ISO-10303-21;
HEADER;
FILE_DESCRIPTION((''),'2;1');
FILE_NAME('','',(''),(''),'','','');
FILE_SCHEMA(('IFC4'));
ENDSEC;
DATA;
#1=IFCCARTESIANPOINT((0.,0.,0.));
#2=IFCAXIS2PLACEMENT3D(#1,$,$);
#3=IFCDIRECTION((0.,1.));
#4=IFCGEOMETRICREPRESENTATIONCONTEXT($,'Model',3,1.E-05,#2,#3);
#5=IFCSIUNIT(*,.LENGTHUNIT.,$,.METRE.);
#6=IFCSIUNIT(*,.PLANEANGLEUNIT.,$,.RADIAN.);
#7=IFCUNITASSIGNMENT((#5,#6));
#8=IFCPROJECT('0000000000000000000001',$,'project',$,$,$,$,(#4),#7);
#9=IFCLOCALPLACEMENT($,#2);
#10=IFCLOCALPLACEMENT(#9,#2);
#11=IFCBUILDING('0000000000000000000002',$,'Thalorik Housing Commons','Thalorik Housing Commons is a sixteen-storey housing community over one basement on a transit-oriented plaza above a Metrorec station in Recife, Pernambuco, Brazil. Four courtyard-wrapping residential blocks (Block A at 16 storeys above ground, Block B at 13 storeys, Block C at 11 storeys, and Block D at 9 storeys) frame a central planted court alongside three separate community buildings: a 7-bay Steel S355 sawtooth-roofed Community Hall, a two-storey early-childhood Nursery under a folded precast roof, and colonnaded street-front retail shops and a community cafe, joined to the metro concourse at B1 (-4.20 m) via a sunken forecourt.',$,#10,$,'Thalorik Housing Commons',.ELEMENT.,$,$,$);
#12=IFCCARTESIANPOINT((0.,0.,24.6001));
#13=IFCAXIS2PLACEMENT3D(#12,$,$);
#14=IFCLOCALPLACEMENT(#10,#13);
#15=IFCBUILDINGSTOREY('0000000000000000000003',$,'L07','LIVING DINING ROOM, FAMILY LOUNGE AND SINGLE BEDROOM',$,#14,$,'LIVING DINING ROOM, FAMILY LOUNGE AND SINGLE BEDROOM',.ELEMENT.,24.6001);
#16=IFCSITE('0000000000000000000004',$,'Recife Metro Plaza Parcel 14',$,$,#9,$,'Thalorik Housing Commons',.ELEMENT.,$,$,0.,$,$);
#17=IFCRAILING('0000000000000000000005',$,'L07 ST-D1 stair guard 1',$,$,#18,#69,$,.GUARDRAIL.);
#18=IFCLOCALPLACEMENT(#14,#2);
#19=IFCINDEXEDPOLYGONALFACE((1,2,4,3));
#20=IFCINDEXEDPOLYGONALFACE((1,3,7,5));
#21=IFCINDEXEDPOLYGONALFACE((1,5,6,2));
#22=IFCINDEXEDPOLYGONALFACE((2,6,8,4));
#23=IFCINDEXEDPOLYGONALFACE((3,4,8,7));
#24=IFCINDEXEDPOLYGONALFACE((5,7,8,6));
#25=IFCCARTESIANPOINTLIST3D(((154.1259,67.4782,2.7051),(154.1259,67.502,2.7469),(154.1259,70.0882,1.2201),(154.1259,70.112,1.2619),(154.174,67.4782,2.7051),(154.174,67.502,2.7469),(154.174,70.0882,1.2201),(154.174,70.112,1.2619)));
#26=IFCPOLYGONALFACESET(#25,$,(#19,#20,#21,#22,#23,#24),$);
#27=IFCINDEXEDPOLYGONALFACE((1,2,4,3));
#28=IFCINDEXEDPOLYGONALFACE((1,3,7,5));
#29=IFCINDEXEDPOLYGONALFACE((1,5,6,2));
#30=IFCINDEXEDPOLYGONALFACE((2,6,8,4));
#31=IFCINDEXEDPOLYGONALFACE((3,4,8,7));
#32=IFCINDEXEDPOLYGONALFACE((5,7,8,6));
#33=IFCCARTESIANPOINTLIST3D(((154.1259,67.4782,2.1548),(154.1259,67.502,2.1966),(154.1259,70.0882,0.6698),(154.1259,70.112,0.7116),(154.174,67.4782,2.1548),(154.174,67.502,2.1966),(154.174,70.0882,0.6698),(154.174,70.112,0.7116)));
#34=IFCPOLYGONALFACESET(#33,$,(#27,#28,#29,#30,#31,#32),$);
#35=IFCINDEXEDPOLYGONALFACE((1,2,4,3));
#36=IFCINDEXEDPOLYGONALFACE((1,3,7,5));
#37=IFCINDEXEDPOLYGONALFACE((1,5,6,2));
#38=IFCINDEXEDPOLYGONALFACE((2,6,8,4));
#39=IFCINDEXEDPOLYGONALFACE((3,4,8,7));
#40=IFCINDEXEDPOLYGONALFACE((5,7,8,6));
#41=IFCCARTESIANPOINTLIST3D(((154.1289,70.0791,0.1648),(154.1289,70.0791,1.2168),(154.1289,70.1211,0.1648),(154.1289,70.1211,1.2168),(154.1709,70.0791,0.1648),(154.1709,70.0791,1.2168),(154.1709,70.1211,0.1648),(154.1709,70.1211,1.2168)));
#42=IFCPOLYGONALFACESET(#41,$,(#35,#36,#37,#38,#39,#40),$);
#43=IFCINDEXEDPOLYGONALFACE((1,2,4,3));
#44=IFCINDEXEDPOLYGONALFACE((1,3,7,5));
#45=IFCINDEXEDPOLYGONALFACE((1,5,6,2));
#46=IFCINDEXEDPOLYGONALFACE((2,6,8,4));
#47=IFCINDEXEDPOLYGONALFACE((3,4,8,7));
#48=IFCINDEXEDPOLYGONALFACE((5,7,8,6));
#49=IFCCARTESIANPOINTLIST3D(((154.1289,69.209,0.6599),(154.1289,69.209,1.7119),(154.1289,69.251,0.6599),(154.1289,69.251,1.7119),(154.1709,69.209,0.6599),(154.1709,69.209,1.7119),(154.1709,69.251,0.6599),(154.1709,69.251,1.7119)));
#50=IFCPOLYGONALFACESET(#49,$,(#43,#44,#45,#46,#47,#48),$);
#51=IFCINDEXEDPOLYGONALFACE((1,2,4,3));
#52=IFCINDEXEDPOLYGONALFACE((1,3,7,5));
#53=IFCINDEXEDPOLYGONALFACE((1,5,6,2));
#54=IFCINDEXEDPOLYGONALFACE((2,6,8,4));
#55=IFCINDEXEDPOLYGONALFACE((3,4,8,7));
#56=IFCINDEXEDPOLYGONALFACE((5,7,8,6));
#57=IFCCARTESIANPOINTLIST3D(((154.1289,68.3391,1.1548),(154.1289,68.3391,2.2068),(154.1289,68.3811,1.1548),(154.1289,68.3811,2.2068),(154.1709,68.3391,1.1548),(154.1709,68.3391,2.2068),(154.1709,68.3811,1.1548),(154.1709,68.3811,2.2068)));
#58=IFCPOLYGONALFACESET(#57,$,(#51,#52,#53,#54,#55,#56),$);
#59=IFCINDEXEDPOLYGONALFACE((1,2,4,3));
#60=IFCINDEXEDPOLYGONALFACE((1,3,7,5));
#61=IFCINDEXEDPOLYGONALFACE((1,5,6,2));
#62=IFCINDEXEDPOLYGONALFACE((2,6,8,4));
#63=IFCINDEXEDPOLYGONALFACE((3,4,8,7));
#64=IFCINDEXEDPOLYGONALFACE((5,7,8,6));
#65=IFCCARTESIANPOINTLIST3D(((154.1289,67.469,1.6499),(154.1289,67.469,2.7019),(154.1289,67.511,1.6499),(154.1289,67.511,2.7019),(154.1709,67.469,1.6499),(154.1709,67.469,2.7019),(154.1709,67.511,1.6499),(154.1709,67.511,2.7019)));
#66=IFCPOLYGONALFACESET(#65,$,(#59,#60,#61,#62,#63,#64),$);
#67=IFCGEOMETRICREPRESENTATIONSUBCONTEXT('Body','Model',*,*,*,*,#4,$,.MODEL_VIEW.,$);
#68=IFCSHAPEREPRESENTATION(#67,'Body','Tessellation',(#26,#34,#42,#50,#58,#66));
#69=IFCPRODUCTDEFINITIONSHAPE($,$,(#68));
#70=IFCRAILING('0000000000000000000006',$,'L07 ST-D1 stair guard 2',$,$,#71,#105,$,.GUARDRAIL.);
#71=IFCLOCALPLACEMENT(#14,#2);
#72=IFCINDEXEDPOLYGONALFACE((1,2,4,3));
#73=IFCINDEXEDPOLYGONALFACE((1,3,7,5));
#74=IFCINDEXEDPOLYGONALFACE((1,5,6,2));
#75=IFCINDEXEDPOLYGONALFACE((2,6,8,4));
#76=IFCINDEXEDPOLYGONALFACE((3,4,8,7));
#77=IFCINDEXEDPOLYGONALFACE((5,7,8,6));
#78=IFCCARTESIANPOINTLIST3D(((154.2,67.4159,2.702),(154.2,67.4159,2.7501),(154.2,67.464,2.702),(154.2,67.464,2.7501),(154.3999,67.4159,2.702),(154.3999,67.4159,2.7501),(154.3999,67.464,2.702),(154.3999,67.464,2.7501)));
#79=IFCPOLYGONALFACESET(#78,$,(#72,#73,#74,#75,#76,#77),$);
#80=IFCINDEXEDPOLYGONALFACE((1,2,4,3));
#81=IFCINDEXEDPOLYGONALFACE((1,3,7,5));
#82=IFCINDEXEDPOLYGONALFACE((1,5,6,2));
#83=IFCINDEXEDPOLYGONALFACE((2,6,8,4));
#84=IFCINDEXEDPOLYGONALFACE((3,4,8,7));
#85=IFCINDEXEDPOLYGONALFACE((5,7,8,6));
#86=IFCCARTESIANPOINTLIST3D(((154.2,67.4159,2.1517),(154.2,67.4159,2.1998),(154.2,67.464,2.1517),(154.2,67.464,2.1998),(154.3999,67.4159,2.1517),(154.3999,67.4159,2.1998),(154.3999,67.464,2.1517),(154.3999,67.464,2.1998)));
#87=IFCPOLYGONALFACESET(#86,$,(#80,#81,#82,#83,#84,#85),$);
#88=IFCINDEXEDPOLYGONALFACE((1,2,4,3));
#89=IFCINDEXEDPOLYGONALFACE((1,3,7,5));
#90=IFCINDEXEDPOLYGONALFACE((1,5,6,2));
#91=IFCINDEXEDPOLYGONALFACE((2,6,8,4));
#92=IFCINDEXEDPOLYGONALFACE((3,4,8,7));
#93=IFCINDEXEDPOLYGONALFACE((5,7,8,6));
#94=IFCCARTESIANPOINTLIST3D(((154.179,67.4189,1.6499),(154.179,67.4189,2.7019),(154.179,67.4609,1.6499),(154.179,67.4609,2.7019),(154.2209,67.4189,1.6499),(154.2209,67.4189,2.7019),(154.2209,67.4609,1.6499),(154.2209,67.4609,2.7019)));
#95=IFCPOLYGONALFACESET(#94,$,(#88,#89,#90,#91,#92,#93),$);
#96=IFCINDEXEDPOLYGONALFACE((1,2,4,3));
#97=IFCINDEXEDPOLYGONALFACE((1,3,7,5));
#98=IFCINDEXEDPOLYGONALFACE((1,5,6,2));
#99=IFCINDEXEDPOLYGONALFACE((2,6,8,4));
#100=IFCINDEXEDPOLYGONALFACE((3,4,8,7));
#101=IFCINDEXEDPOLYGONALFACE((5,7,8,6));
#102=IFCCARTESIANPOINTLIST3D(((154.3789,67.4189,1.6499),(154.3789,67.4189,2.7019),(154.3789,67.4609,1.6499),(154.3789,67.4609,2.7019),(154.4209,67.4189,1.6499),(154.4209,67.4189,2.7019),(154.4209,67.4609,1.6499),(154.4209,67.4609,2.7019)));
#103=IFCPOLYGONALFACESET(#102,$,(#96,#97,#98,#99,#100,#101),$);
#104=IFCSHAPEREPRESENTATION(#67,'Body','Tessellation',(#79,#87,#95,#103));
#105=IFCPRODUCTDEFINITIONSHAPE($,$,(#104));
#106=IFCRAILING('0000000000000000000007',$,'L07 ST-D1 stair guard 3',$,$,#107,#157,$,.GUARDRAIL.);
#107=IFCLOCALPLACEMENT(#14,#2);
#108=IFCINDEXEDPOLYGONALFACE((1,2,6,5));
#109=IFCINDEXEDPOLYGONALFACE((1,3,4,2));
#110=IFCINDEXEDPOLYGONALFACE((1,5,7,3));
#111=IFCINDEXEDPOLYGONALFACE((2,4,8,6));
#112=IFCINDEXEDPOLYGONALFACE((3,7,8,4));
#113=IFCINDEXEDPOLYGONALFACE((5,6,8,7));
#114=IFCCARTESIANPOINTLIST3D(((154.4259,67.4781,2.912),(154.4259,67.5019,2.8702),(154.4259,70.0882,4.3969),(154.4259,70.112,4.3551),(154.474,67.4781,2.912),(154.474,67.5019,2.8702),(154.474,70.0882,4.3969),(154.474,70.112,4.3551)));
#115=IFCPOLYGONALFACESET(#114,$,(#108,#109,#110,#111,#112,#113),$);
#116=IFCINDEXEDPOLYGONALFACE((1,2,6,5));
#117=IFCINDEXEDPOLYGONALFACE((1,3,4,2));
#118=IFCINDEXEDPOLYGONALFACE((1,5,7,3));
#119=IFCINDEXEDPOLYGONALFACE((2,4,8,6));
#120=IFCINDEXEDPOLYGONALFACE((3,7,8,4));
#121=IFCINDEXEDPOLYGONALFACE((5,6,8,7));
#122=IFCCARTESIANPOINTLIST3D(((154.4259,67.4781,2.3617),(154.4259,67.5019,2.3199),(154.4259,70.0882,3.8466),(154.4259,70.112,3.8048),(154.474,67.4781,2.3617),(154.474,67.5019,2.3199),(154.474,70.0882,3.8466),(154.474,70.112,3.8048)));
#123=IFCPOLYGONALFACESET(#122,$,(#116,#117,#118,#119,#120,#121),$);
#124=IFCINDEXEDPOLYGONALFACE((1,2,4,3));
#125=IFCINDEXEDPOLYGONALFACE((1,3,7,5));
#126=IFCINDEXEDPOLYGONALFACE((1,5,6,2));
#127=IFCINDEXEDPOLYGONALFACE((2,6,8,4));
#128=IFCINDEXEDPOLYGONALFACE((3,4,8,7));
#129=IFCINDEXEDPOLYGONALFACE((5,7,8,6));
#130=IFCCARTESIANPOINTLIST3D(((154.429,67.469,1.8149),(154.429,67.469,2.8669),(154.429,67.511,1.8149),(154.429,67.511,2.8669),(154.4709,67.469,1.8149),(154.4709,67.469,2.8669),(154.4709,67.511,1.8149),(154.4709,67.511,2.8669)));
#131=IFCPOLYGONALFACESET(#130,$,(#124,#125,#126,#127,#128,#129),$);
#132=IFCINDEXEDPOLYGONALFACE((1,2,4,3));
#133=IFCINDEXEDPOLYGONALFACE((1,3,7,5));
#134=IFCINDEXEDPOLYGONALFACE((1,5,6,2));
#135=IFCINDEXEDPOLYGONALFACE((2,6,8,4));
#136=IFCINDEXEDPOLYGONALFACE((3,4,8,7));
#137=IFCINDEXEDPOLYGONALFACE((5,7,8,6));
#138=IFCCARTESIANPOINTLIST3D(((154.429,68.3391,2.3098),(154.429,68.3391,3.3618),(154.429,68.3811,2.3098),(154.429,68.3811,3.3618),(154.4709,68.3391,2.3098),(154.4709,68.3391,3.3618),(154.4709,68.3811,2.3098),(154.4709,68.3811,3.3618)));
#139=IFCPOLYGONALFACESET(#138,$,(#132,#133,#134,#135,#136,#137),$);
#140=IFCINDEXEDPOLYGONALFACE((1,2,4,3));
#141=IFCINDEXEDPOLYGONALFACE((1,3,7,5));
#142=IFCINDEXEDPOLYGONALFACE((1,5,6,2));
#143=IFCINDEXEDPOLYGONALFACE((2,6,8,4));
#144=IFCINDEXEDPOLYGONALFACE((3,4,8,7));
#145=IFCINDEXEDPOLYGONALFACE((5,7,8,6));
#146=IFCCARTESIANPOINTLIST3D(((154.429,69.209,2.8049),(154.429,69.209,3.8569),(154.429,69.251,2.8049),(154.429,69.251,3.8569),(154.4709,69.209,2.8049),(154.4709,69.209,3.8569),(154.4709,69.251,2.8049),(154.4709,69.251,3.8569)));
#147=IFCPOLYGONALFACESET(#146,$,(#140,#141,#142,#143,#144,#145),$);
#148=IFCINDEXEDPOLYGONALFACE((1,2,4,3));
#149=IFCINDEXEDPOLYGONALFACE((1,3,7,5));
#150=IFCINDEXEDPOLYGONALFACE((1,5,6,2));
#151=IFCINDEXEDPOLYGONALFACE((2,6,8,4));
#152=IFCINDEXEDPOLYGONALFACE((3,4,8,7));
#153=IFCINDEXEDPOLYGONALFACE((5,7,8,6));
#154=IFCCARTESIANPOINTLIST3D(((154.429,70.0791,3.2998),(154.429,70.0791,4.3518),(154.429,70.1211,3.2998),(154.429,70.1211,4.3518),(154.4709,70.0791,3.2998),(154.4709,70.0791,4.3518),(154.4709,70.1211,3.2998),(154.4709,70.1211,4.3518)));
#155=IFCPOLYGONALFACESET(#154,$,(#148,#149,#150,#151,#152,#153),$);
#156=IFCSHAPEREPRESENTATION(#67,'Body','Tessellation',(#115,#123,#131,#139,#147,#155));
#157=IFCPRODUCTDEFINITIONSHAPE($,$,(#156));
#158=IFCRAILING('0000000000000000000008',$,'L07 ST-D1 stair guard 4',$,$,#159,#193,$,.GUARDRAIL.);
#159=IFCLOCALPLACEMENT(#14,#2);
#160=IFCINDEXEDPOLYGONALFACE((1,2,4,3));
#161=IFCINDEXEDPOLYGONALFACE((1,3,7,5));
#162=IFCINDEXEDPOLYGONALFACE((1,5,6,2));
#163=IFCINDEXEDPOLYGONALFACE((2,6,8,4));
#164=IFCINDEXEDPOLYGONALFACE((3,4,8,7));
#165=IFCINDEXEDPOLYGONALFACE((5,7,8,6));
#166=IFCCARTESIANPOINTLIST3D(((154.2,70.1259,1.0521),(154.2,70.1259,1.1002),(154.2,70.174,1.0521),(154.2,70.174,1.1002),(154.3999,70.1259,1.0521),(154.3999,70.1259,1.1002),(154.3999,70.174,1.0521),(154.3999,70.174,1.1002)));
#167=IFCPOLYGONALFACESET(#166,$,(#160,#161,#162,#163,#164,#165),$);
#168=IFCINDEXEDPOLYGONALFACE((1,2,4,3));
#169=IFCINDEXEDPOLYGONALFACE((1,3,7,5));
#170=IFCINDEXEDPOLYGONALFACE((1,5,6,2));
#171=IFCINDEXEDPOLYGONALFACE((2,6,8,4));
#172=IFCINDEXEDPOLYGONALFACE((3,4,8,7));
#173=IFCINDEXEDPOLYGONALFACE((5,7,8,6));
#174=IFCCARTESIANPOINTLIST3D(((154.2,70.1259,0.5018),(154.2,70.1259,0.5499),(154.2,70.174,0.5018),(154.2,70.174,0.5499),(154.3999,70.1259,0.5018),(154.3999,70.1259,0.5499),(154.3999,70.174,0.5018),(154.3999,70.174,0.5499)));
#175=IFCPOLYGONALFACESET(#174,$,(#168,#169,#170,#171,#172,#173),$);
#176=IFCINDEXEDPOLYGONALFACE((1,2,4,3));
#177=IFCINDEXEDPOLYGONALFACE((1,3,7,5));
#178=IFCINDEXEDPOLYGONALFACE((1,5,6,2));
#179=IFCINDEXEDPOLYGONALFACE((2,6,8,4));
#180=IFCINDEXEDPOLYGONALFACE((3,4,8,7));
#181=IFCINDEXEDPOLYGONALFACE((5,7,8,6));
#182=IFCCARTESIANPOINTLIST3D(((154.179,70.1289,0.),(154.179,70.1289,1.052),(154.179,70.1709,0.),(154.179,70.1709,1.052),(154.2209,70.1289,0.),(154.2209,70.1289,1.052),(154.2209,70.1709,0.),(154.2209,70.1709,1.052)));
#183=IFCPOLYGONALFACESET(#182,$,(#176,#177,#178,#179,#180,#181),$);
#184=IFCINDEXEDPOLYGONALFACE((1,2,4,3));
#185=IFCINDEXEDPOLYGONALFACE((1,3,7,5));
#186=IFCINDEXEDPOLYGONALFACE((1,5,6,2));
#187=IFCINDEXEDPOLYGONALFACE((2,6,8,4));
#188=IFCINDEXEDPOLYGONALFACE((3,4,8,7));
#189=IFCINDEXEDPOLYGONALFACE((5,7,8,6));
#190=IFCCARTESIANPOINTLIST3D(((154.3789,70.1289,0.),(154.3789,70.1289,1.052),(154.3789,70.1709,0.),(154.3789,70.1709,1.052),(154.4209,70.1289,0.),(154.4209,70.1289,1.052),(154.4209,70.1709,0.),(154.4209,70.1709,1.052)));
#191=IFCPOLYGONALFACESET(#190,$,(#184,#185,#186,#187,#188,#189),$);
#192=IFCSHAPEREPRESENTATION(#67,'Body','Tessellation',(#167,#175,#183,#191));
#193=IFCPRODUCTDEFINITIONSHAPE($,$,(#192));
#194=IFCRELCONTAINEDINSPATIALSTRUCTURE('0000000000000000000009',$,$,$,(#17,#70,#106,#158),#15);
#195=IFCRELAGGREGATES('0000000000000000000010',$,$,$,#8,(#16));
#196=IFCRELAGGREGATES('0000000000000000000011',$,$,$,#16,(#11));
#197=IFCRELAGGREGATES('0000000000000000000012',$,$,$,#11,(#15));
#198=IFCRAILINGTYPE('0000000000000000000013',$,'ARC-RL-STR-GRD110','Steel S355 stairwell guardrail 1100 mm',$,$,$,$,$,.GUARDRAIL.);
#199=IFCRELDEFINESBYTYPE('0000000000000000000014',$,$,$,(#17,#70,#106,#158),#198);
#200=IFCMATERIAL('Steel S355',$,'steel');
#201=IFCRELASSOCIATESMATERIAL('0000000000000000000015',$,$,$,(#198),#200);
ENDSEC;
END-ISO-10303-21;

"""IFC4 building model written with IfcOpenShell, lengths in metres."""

from ifc_helpers import new_model, si_unit, direction, frame, origin, origin_2d, place, context, subcontext, project, spatial, rectangle, extrude, material, type_object, element, save


model = new_model("IFC4")

# Units and contexts
model_context = context("Model", 3, precision=1e-05, world=origin(), true_north=direction((0.0, 1.0)))
body_context = subcontext(model_context, "Body", "Model", "MODEL_VIEW")
ifc_project = project(units=[si_unit("LENGTHUNIT", "METRE"), si_unit("PLANEANGLEUNIT", "RADIAN")], contexts=[model_context])

# Site, building, storey
site_placement = place(None, origin())
site = spatial("IfcSite", under=ifc_project, at=site_placement, Name="Recife Metro Plaza Parcel 14", LongName="Thalorik Housing Commons", CompositionType="ELEMENT", RefElevation=0.0)
building_placement = place(site_placement, origin())
building = spatial("IfcBuilding", under=site, at=building_placement, Name="Thalorik Housing Commons", Description="Thalorik Housing Commons is a sixteen-storey housing community over one basement on a transit-oriented plaza above a Metrorec station in Recife, Pernambuco, Brazil. Four courtyard-wrapping residential blocks (Block A at 16 storeys above ground, Block B at 13 storeys, Block C at 11 storeys, and Block D at 9 storeys) frame a central planted court alongside three separate community buildings: a 7-bay Steel S355 sawtooth-roofed Community Hall, a two-storey early-childhood Nursery under a folded precast roof, and colonnaded street-front retail shops and a community cafe, joined to the metro concourse at B1 (-4.20 m) via a sunken forecourt.", LongName="Thalorik Housing Commons", CompositionType="ELEMENT")
storey_placement = place(building_placement, frame((0.0, 0.0, 24.6001)))
storey = spatial("IfcBuildingStorey", under=building, at=storey_placement, Name="L07", Description="LIVING DINING ROOM, FAMILY LOUNGE AND SINGLE BEDROOM", LongName="LIVING DINING ROOM, FAMILY LOUNGE AND SINGLE BEDROOM", CompositionType="ELEMENT", Elevation=24.6001)

# Shared definitions
ifc_material_1 = material(Name="Steel S355", Category="steel")

# Railings
railing_type_1 = type_object("IfcRailingType", Name="ARC-RL-STR-GRD110", Description="Steel S355 stairwell guardrail 1100 mm", PredefinedType="GUARDRAIL", material=ifc_material_1)
railing_1_placement = place(storey_placement, frame((154.1499, 70.1001, 0.1648)))
element("IfcRailing", 1, at=railing_1_placement, inside=storey, type_object=railing_type_1, Name="L07 ST-D1 stair guard 1", PredefinedType="GUARDRAIL", context=body_context, shape_type="SweptSolid", body=[
    extrude(rectangle(XDim=0.0481, YDim=0.0481, at=origin_2d()), frame((0.0, 0.0, 1.0762), z_axis=(0.0, -0.869157, 0.494536), x_axis=(1.0, 0.0, 0.0)), (0.0, 0.0, 1.0), 3.0029),
    extrude(rectangle(XDim=0.0481, YDim=0.0481, at=origin_2d()), frame((0.0, 0.0, 0.5259), z_axis=(0.0, -0.869157, 0.494536), x_axis=(1.0, 0.0, 0.0)), (0.0, 0.0, 1.0), 3.0029),
    extrude(rectangle(XDim=0.042, YDim=0.042, at=origin_2d()), origin(), (0.0, 0.0, 1.0), 1.052),
    extrude(rectangle(XDim=0.042, YDim=0.042, at=origin_2d()), frame((0.0, -0.8701, 0.4951)), (0.0, 0.0, 1.0), 1.052),
    extrude(rectangle(XDim=0.042, YDim=0.042, at=origin_2d()), frame((0.0, -1.74, 0.99)), (0.0, 0.0, 1.0), 1.052),
    extrude(rectangle(XDim=0.042, YDim=0.042, at=origin_2d()), frame((0.0, -2.6101, 1.4851)), (0.0, 0.0, 1.0), 1.052),
])
railing_2_placement = place(storey_placement, frame((154.2, 67.4399, 1.6499)))
element("IfcRailing", 2, at=railing_2_placement, inside=storey, type_object=railing_type_1, Name="L07 ST-D1 stair guard 2", PredefinedType="GUARDRAIL", context=body_context, shape_type="SweptSolid", body=[
    extrude(rectangle(XDim=0.0481, YDim=0.0481, at=origin_2d()), frame((0.0, 0.0, 1.0762), z_axis=(1.0, 0.0, 0.0), x_axis=(0.0, 1.0, 0.0)), (0.0, 0.0, 1.0), 0.2),
    extrude(rectangle(XDim=0.0481, YDim=0.0481, at=origin_2d()), frame((0.0, 0.0, 0.5259), z_axis=(1.0, 0.0, 0.0), x_axis=(0.0, 1.0, 0.0)), (0.0, 0.0, 1.0), 0.2),
    extrude(rectangle(XDim=0.042, YDim=0.042, at=origin_2d()), origin(), (0.0, 0.0, 1.0), 1.052),
    extrude(rectangle(XDim=0.042, YDim=0.042, at=origin_2d()), frame((0.2, 0.0, 0.0)), (0.0, 0.0, 1.0), 1.052),
])
railing_3_placement = place(storey_placement, frame((154.45, 67.49, 1.8149)))
element("IfcRailing", 3, at=railing_3_placement, inside=storey, type_object=railing_type_1, Name="L07 ST-D1 stair guard 3", PredefinedType="GUARDRAIL", context=body_context, shape_type="SweptSolid", body=[
    extrude(rectangle(XDim=0.0481, YDim=0.0481, at=origin_2d()), frame((0.0, 0.0, 1.0762), z_axis=(0.0, 0.869192, 0.494474), x_axis=(-1.0, 0.0, 0.0)), (0.0, 0.0, 1.0), 3.0029),
    extrude(rectangle(XDim=0.0481, YDim=0.0481, at=origin_2d()), frame((0.0, 0.0, 0.5259), z_axis=(0.0, 0.869192, 0.494474), x_axis=(-1.0, 0.0, 0.0)), (0.0, 0.0, 1.0), 3.0029),
    extrude(rectangle(XDim=0.042, YDim=0.042, at=origin_2d()), origin(), (0.0, 0.0, 1.0), 1.052),
    extrude(rectangle(XDim=0.042, YDim=0.042, at=origin_2d()), frame((0.0, 0.8701, 0.4949)), (0.0, 0.0, 1.0), 1.052),
    extrude(rectangle(XDim=0.042, YDim=0.042, at=origin_2d()), frame((0.0, 1.74, 0.99)), (0.0, 0.0, 1.0), 1.052),
    extrude(rectangle(XDim=0.042, YDim=0.042, at=origin_2d()), frame((0.0, 2.6101, 1.4849)), (0.0, 0.0, 1.0), 1.052),
])
railing_4_placement = place(storey_placement, frame((154.2, 70.1499, 0.0)))
element("IfcRailing", 4, at=railing_4_placement, inside=storey, type_object=railing_type_1, Name="L07 ST-D1 stair guard 4", PredefinedType="GUARDRAIL", context=body_context, shape_type="SweptSolid", body=[
    extrude(rectangle(XDim=0.0481, YDim=0.0481, at=origin_2d()), frame((0.0, 0.0, 1.0762), z_axis=(1.0, 0.0, 0.0), x_axis=(0.0, 1.0, 0.0)), (0.0, 0.0, 1.0), 0.2),
    extrude(rectangle(XDim=0.0481, YDim=0.0481, at=origin_2d()), frame((0.0, 0.0, 0.5259), z_axis=(1.0, 0.0, 0.0), x_axis=(0.0, 1.0, 0.0)), (0.0, 0.0, 1.0), 0.2),
    extrude(rectangle(XDim=0.042, YDim=0.042, at=origin_2d()), origin(), (0.0, 0.0, 1.0), 1.052),
    extrude(rectangle(XDim=0.042, YDim=0.042, at=origin_2d()), frame((0.2, 0.0, 0.0)), (0.0, 0.0, 1.0), 1.052),
])

save(model, "model.ifc")
